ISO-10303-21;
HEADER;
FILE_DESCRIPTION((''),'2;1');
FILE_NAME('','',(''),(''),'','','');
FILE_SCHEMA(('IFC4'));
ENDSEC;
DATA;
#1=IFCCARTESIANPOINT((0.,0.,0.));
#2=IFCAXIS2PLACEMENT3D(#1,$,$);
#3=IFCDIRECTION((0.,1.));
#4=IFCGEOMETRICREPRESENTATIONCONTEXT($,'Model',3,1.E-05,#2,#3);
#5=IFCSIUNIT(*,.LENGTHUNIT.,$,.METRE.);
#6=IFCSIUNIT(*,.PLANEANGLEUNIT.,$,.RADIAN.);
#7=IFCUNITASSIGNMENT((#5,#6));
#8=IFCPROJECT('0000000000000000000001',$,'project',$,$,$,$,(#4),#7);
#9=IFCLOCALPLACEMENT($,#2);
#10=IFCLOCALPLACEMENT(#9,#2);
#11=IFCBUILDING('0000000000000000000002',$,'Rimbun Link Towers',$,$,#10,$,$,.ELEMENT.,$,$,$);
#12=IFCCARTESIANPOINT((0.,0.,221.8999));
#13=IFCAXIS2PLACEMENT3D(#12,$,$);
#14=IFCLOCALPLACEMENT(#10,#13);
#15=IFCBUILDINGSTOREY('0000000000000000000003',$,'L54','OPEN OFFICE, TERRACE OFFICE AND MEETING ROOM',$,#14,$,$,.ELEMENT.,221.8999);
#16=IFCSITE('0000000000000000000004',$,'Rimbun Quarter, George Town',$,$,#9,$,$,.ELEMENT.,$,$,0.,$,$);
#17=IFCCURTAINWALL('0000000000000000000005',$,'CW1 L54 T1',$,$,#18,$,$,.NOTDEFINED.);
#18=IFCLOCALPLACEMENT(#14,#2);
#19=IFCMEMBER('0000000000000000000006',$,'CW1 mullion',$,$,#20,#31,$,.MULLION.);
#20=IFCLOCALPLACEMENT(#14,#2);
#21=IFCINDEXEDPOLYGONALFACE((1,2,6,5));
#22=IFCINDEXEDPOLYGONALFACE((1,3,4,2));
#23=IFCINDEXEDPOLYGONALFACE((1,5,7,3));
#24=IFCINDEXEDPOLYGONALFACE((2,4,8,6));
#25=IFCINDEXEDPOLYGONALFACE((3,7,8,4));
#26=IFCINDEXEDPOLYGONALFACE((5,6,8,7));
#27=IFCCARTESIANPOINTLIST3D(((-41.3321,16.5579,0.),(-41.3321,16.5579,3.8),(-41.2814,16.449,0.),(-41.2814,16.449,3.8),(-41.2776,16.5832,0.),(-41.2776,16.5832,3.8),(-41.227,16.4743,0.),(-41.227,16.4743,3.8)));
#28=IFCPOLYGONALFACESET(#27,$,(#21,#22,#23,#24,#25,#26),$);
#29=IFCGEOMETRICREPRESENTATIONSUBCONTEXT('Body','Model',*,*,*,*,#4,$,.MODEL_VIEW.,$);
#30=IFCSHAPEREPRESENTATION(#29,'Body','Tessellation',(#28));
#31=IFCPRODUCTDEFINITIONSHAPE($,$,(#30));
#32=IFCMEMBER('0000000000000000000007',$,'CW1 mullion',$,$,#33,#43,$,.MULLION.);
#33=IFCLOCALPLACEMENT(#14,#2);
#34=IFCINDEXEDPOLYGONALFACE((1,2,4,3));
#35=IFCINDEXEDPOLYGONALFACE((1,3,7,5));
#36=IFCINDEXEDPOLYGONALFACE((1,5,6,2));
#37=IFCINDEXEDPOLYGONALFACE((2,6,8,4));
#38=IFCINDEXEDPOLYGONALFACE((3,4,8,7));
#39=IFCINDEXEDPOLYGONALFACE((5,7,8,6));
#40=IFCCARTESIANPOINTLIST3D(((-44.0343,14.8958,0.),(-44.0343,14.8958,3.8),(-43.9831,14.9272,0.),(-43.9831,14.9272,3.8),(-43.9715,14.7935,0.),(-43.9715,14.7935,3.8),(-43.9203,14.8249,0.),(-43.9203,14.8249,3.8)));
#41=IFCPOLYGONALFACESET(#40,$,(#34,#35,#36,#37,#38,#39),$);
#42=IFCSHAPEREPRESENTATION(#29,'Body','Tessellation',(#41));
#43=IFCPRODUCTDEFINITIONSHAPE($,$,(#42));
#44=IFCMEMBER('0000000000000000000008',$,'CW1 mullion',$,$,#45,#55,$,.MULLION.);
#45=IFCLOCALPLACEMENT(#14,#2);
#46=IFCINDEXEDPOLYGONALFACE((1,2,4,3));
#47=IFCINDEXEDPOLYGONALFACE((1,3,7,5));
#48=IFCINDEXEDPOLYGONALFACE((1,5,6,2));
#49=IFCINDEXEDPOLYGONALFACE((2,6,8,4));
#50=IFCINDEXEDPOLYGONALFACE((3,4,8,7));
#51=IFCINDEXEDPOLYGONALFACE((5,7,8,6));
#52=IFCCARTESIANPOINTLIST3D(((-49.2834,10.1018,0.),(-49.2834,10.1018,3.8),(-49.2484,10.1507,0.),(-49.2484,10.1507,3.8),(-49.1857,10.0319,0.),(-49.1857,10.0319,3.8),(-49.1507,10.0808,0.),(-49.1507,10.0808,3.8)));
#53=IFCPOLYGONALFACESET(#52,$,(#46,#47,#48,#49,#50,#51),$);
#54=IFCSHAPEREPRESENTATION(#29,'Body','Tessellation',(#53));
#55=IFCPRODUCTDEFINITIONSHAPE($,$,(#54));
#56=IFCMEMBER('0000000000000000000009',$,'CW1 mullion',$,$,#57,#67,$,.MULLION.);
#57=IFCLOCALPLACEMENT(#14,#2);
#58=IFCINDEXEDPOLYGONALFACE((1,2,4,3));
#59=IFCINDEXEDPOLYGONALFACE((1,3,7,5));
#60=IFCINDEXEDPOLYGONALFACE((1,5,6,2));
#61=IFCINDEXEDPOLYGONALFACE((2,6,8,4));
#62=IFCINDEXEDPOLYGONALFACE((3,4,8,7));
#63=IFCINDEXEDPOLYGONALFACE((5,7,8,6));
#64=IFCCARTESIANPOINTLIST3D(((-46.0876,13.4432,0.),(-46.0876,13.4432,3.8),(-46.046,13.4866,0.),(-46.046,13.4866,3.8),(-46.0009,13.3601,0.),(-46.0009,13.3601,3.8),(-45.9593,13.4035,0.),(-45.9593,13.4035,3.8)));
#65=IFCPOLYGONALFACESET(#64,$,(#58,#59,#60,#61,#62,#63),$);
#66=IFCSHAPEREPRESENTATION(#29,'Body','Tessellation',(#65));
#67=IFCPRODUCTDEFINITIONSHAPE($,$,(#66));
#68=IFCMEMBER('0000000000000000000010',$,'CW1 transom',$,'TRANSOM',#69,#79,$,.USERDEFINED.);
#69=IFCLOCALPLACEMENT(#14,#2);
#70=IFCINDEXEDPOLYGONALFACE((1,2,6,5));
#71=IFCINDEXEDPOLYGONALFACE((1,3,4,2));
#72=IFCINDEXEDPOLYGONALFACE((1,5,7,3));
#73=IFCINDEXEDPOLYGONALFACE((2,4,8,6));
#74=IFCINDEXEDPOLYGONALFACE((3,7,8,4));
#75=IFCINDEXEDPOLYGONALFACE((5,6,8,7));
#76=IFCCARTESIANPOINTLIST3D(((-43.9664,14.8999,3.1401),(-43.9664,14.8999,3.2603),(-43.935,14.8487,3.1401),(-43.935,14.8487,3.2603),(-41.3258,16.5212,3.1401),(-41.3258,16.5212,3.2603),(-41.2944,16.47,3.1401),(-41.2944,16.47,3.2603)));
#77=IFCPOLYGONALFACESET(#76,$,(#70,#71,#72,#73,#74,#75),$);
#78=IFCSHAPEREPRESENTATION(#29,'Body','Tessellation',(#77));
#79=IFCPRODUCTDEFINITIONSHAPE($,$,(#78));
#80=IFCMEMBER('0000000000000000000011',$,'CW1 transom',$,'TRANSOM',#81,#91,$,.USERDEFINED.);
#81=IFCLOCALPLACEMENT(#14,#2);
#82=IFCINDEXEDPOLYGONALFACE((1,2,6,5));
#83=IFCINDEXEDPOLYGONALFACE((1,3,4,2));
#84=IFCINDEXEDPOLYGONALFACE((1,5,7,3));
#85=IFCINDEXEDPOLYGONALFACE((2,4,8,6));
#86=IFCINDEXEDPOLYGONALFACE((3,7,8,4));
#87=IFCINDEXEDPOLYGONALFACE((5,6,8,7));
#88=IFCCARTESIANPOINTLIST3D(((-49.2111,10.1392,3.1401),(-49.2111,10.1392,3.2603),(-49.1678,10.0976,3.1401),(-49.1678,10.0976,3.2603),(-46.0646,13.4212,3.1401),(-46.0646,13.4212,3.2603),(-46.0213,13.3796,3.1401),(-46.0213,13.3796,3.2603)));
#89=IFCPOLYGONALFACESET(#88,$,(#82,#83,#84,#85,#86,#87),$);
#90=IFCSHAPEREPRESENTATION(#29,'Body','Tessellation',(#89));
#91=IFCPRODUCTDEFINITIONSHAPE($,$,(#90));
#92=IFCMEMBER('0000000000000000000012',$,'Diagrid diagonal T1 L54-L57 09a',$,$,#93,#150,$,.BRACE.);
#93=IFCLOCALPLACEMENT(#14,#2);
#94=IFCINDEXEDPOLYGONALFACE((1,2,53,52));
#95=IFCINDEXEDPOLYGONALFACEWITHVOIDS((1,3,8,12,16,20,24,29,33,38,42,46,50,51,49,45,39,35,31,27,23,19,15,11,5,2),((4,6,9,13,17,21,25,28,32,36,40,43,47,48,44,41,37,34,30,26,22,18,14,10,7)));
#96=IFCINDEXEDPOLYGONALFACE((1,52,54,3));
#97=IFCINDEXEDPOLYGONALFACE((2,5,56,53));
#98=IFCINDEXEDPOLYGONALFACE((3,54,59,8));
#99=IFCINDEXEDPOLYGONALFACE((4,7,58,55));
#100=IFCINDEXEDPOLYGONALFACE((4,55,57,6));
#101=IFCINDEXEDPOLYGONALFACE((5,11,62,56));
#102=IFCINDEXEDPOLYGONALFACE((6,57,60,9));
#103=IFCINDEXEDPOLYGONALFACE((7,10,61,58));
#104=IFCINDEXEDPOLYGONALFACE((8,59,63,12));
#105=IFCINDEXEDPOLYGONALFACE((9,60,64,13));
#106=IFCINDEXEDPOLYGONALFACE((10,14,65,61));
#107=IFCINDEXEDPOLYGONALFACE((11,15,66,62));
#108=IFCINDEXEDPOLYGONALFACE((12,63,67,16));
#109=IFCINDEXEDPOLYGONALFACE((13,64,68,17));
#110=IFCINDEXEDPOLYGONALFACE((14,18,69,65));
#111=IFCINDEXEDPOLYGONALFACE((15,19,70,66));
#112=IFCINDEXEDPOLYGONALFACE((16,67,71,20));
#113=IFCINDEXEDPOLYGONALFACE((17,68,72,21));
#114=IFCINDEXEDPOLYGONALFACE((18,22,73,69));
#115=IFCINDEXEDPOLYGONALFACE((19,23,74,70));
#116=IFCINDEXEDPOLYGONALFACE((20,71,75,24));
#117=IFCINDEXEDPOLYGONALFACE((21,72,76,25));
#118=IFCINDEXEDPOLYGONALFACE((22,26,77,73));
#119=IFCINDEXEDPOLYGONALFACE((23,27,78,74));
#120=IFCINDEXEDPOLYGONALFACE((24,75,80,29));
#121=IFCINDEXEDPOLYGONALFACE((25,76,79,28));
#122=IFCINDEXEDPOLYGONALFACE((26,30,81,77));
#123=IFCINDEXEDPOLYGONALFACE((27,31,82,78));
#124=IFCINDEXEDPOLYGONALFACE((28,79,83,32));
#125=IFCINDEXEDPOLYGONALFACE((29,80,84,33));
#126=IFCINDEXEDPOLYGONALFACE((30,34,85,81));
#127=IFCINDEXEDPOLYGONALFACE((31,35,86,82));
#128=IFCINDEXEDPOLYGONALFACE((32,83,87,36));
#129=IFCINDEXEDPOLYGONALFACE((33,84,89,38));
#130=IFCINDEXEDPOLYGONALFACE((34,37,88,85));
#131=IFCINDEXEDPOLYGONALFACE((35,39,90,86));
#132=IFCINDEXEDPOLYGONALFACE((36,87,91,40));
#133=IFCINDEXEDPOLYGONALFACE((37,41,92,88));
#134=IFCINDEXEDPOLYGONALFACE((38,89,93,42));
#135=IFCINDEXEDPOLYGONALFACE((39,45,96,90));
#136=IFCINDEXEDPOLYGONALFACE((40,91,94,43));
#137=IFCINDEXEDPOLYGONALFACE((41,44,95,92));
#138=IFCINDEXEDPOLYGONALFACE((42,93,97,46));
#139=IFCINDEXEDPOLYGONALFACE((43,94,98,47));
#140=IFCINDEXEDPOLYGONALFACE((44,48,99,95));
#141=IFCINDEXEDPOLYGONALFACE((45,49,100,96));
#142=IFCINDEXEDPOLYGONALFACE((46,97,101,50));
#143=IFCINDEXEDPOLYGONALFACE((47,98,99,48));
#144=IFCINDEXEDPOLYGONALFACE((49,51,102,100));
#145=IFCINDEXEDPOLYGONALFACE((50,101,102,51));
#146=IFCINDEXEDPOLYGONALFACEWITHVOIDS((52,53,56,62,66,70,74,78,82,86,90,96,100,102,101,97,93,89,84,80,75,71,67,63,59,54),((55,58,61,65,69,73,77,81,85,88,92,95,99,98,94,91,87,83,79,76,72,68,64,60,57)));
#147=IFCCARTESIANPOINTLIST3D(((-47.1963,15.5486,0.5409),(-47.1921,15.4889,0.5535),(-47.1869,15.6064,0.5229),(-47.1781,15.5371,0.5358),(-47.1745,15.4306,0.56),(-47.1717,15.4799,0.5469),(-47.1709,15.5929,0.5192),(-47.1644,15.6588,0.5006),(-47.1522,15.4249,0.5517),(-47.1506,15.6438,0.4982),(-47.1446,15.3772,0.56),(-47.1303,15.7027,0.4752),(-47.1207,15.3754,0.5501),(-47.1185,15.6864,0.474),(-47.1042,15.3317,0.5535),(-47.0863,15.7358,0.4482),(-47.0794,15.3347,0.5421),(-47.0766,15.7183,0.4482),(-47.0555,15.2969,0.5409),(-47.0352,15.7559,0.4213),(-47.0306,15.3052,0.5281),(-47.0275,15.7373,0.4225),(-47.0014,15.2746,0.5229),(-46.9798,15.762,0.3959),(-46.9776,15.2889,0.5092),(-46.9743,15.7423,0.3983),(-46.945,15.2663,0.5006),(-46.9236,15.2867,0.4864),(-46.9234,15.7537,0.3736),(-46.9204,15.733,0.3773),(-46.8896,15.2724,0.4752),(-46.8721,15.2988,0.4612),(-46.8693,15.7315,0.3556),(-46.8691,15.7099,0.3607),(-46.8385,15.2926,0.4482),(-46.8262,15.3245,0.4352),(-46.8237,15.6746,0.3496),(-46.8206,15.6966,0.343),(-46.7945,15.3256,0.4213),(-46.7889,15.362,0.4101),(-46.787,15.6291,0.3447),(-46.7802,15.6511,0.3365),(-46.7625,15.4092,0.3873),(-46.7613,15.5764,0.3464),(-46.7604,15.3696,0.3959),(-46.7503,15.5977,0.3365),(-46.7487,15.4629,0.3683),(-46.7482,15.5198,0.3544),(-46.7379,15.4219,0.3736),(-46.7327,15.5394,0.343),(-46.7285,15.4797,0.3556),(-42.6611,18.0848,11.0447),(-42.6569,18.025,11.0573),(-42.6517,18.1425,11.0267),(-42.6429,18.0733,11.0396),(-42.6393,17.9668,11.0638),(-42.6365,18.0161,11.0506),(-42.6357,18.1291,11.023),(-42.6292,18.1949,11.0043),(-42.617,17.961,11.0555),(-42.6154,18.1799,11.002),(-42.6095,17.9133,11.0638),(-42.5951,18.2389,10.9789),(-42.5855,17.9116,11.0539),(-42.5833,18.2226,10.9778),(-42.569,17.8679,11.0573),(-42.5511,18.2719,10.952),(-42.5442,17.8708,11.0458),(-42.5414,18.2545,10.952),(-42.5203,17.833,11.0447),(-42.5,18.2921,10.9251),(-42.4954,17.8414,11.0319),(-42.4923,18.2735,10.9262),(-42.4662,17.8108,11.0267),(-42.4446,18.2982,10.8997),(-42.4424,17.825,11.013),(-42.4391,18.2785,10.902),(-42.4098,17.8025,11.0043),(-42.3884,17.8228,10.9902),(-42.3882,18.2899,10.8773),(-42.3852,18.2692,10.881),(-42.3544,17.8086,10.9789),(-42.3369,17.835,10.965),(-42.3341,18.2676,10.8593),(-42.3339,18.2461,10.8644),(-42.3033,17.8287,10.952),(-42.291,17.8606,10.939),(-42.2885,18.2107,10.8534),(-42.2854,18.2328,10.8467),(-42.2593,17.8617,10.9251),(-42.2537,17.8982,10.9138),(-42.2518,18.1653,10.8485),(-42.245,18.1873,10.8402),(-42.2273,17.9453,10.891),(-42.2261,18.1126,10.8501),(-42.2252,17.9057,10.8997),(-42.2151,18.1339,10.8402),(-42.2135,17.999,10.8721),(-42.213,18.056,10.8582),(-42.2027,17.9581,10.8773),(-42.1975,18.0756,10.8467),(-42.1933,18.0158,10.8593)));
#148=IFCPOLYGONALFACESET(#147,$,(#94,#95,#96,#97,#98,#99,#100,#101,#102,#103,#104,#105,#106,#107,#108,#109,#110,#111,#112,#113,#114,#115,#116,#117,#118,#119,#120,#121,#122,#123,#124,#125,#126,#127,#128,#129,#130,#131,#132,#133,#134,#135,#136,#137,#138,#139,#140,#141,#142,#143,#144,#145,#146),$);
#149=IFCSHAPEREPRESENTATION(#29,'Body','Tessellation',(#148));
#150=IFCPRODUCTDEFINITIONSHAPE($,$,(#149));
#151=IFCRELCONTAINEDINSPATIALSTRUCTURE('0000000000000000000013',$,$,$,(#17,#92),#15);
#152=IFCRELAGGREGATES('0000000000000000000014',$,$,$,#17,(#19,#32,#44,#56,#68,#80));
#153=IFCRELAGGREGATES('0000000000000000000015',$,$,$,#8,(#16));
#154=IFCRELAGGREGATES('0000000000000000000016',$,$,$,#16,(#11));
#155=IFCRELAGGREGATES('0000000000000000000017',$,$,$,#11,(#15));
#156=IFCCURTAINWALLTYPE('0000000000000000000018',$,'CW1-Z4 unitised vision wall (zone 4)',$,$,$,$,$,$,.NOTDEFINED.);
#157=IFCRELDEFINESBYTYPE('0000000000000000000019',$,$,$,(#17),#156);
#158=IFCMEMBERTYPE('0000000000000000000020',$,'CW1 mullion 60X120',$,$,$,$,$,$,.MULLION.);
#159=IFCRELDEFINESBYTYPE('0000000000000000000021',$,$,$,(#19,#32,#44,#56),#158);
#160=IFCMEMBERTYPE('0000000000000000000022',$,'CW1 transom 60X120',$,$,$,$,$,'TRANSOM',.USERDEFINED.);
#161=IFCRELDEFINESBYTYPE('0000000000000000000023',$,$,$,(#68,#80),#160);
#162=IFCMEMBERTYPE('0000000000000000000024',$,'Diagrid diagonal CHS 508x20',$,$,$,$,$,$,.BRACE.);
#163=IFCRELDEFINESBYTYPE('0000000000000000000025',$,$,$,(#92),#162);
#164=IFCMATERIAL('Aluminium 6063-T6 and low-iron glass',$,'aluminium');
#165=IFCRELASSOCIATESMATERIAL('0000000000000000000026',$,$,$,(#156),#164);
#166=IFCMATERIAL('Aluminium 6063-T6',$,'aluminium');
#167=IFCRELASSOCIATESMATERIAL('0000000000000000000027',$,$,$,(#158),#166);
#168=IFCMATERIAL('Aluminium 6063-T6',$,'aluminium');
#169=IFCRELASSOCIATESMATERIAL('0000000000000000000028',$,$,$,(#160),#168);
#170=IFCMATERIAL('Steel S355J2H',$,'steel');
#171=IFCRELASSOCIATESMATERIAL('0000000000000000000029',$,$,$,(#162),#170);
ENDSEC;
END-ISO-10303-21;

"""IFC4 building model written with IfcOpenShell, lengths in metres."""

from ifc_helpers import new_model, si_unit, direction, frame, origin, origin_2d, place, context, subcontext, project, spatial, rectangle, hollow_circle, extrude, material, material_profile, profile_set, type_object, element, aggregate, save


model = new_model("IFC4")

# Units and contexts
model_context = context("Model", 3, precision=1e-05, world=origin(), true_north=direction((0.0, 1.0)))
body_context = subcontext(model_context, "Body", "Model", "MODEL_VIEW")
ifc_project = project(units=[si_unit("LENGTHUNIT", "METRE"), si_unit("PLANEANGLEUNIT", "RADIAN")], contexts=[model_context])

# Site, building, storey
site_placement = place(None, origin())
site = spatial("IfcSite", under=ifc_project, at=site_placement, Name="Rimbun Quarter, George Town", CompositionType="ELEMENT", RefElevation=0.0)
building_placement = place(site_placement, origin())
building = spatial("IfcBuilding", under=site, at=building_placement, Name="Rimbun Link Towers", CompositionType="ELEMENT")
storey_placement = place(building_placement, frame((0.0, 0.0, 221.8999)))
storey = spatial("IfcBuildingStorey", under=building, at=storey_placement, Name="L54", Description="OPEN OFFICE, TERRACE OFFICE AND MEETING ROOM", CompositionType="ELEMENT", Elevation=221.8999)

# Curtain wall, members
ifc_material_1 = material(Name="Aluminium 6063-T6 and low-iron glass", Category="aluminium")
curtain_wall_type = type_object("IfcCurtainWallType", Name="CW1-Z4 unitised vision wall (zone 4)", PredefinedType="NOTDEFINED", material=ifc_material_1)
curtain_wall_placement = place(storey_placement, origin())
curtain_wall = element("IfcCurtainWall", 1, at=curtain_wall_placement, inside=storey, type_object=curtain_wall_type, Name="CW1 L54 T1", PredefinedType="NOTDEFINED")
ifc_material_2 = material(Name="Aluminium 6063-T6", Category="aluminium")
ifc_material_profile_1 = material_profile(ifc_material_2, rectangle(XDim=0.1201, YDim=0.0601, at=origin_2d()), Name="MULLION 60X120")
ifc_profile_set_1 = profile_set([ifc_material_profile_1], Name="Aluminium 6063-T6")
member_type_1 = type_object("IfcMemberType", Name="CW1 mullion 60X120", PredefinedType="MULLION", material=ifc_profile_set_1)
member_1_placement = place(storey_placement, frame((-41.2795, 16.5161, 0.0), z_axis=(0.0, 0.0, 1.0), x_axis=(-0.421702, 0.906734, 0.0)))
member_1 = element("IfcMember", 2, at=member_1_placement, type_object=member_type_1, Name="CW1 mullion", PredefinedType="MULLION", context=body_context, shape_type="SweptSolid", body=[
    extrude(rectangle(XDim=0.1201, YDim=0.0601, at=origin_2d()), origin(), (0.0, 0.0, 1.0), 3.8),
])
member_2_placement = place(storey_placement, frame((-43.9773, 14.8604, 0.0), z_axis=(0.0, 0.0, 1.0), x_axis=(-0.523237, 0.852187, 0.0)))
member_2 = element("IfcMember", 3, at=member_2_placement, type_object=member_type_1, Name="CW1 mullion", PredefinedType="MULLION", context=body_context, shape_type="SweptSolid", body=[
    extrude(rectangle(XDim=0.1201, YDim=0.0601, at=origin_2d()), origin(), (0.0, 0.0, 1.0), 3.8),
])
member_3_placement = place(storey_placement, frame((-49.217, 10.0913, 0.0), z_axis=(0.0, 0.0, 1.0), x_axis=(-0.813354, 0.58177, 0.0)))
member_3 = element("IfcMember", 4, at=member_3_placement, type_object=member_type_1, Name="CW1 mullion", PredefinedType="MULLION", context=body_context, shape_type="SweptSolid", body=[
    extrude(rectangle(XDim=0.1201, YDim=0.0601, at=origin_2d()), origin(), (0.0, 0.0, 1.0), 3.8),
])
member_4_placement = place(storey_placement, frame((-46.0234, 13.4233, 0.0), z_axis=(0.0, 0.0, 1.0), x_axis=(-0.721853, 0.692046, 0.0)))
member_4 = element("IfcMember", 5, at=member_4_placement, type_object=member_type_1, Name="CW1 mullion", PredefinedType="MULLION", context=body_context, shape_type="SweptSolid", body=[
    extrude(rectangle(XDim=0.1201, YDim=0.0601, at=origin_2d()), origin(), (0.0, 0.0, 1.0), 3.8),
])
ifc_material_3 = material(Name="Aluminium 6063-T6", Category="aluminium")
ifc_material_profile_2 = material_profile(ifc_material_3, rectangle(XDim=0.0601, YDim=0.1201, at=origin_2d()), Name="TRANSOM 60X120")
ifc_profile_set_2 = profile_set([ifc_material_profile_2], Name="Aluminium 6063-T6")
member_type_2 = type_object("IfcMemberType", Name="CW1 transom 60X120", ElementType="TRANSOM", PredefinedType="USERDEFINED", material=ifc_profile_set_2)
member_5_placement = place(storey_placement, frame((-43.9507, 14.8743, 3.2002), z_axis=(0.852185, 0.52324, 0.0), x_axis=(-0.52324, 0.852185, 0.0)))
member_5 = element("IfcMember", 6, at=member_5_placement, type_object=member_type_2, Name="CW1 transom", ObjectType="TRANSOM", PredefinedType="USERDEFINED", context=body_context, shape_type="SweptSolid", body=[
    extrude(rectangle(XDim=0.0601, YDim=0.1201, at=origin_2d()), origin(), (0.0, 0.0, 1.0), 3.0986),
])
member_6_placement = place(storey_placement, frame((-49.1895, 10.1184, 3.2002), z_axis=(0.692049, 0.721851, 0.0), x_axis=(-0.721851, 0.692049, 0.0)))
member_6 = element("IfcMember", 7, at=member_6_placement, type_object=member_type_2, Name="CW1 transom", ObjectType="TRANSOM", PredefinedType="USERDEFINED", context=body_context, shape_type="SweptSolid", body=[
    extrude(rectangle(XDim=0.0601, YDim=0.1201, at=origin_2d()), origin(), (0.0, 0.0, 1.0), 4.5466),
])

# Member
ifc_material_4 = material(Name="Steel S355J2H", Category="steel")
ifc_material_profile_3 = material_profile(ifc_material_4, hollow_circle(Radius=0.2539, WallThickness=0.02, at=origin_2d()), Name="Diagrid diagonal CHS 508x20")
ifc_profile_set_3 = profile_set([ifc_material_profile_3], Name="Steel S355J2H")
member_type_3 = type_object("IfcMemberType", Name="Diagrid diagonal CHS 508x20", PredefinedType="BRACE", material=ifc_profile_set_3)
member_7_placement = place(storey_placement, frame((-46.9624, 15.5142, 0.4482), z_axis=(0.387004, 0.216419, 0.896321), x_axis=(-0.488082, 0.872798, 0.0)))
element("IfcMember", 8, at=member_7_placement, inside=storey, type_object=member_type_3, Name="Diagrid diagonal T1 L54-L57 09a", PredefinedType="BRACE", context=body_context, shape_type="SweptSolid", body=[
    extrude(hollow_circle(Radius=0.2539, WallThickness=0.02, at=origin_2d()), origin(), (0.0, 0.0, 1.0), 11.7188),
])

aggregate(curtain_wall, [member_1, member_2, member_3, member_4, member_5, member_6])

save(model, "model.ifc")
